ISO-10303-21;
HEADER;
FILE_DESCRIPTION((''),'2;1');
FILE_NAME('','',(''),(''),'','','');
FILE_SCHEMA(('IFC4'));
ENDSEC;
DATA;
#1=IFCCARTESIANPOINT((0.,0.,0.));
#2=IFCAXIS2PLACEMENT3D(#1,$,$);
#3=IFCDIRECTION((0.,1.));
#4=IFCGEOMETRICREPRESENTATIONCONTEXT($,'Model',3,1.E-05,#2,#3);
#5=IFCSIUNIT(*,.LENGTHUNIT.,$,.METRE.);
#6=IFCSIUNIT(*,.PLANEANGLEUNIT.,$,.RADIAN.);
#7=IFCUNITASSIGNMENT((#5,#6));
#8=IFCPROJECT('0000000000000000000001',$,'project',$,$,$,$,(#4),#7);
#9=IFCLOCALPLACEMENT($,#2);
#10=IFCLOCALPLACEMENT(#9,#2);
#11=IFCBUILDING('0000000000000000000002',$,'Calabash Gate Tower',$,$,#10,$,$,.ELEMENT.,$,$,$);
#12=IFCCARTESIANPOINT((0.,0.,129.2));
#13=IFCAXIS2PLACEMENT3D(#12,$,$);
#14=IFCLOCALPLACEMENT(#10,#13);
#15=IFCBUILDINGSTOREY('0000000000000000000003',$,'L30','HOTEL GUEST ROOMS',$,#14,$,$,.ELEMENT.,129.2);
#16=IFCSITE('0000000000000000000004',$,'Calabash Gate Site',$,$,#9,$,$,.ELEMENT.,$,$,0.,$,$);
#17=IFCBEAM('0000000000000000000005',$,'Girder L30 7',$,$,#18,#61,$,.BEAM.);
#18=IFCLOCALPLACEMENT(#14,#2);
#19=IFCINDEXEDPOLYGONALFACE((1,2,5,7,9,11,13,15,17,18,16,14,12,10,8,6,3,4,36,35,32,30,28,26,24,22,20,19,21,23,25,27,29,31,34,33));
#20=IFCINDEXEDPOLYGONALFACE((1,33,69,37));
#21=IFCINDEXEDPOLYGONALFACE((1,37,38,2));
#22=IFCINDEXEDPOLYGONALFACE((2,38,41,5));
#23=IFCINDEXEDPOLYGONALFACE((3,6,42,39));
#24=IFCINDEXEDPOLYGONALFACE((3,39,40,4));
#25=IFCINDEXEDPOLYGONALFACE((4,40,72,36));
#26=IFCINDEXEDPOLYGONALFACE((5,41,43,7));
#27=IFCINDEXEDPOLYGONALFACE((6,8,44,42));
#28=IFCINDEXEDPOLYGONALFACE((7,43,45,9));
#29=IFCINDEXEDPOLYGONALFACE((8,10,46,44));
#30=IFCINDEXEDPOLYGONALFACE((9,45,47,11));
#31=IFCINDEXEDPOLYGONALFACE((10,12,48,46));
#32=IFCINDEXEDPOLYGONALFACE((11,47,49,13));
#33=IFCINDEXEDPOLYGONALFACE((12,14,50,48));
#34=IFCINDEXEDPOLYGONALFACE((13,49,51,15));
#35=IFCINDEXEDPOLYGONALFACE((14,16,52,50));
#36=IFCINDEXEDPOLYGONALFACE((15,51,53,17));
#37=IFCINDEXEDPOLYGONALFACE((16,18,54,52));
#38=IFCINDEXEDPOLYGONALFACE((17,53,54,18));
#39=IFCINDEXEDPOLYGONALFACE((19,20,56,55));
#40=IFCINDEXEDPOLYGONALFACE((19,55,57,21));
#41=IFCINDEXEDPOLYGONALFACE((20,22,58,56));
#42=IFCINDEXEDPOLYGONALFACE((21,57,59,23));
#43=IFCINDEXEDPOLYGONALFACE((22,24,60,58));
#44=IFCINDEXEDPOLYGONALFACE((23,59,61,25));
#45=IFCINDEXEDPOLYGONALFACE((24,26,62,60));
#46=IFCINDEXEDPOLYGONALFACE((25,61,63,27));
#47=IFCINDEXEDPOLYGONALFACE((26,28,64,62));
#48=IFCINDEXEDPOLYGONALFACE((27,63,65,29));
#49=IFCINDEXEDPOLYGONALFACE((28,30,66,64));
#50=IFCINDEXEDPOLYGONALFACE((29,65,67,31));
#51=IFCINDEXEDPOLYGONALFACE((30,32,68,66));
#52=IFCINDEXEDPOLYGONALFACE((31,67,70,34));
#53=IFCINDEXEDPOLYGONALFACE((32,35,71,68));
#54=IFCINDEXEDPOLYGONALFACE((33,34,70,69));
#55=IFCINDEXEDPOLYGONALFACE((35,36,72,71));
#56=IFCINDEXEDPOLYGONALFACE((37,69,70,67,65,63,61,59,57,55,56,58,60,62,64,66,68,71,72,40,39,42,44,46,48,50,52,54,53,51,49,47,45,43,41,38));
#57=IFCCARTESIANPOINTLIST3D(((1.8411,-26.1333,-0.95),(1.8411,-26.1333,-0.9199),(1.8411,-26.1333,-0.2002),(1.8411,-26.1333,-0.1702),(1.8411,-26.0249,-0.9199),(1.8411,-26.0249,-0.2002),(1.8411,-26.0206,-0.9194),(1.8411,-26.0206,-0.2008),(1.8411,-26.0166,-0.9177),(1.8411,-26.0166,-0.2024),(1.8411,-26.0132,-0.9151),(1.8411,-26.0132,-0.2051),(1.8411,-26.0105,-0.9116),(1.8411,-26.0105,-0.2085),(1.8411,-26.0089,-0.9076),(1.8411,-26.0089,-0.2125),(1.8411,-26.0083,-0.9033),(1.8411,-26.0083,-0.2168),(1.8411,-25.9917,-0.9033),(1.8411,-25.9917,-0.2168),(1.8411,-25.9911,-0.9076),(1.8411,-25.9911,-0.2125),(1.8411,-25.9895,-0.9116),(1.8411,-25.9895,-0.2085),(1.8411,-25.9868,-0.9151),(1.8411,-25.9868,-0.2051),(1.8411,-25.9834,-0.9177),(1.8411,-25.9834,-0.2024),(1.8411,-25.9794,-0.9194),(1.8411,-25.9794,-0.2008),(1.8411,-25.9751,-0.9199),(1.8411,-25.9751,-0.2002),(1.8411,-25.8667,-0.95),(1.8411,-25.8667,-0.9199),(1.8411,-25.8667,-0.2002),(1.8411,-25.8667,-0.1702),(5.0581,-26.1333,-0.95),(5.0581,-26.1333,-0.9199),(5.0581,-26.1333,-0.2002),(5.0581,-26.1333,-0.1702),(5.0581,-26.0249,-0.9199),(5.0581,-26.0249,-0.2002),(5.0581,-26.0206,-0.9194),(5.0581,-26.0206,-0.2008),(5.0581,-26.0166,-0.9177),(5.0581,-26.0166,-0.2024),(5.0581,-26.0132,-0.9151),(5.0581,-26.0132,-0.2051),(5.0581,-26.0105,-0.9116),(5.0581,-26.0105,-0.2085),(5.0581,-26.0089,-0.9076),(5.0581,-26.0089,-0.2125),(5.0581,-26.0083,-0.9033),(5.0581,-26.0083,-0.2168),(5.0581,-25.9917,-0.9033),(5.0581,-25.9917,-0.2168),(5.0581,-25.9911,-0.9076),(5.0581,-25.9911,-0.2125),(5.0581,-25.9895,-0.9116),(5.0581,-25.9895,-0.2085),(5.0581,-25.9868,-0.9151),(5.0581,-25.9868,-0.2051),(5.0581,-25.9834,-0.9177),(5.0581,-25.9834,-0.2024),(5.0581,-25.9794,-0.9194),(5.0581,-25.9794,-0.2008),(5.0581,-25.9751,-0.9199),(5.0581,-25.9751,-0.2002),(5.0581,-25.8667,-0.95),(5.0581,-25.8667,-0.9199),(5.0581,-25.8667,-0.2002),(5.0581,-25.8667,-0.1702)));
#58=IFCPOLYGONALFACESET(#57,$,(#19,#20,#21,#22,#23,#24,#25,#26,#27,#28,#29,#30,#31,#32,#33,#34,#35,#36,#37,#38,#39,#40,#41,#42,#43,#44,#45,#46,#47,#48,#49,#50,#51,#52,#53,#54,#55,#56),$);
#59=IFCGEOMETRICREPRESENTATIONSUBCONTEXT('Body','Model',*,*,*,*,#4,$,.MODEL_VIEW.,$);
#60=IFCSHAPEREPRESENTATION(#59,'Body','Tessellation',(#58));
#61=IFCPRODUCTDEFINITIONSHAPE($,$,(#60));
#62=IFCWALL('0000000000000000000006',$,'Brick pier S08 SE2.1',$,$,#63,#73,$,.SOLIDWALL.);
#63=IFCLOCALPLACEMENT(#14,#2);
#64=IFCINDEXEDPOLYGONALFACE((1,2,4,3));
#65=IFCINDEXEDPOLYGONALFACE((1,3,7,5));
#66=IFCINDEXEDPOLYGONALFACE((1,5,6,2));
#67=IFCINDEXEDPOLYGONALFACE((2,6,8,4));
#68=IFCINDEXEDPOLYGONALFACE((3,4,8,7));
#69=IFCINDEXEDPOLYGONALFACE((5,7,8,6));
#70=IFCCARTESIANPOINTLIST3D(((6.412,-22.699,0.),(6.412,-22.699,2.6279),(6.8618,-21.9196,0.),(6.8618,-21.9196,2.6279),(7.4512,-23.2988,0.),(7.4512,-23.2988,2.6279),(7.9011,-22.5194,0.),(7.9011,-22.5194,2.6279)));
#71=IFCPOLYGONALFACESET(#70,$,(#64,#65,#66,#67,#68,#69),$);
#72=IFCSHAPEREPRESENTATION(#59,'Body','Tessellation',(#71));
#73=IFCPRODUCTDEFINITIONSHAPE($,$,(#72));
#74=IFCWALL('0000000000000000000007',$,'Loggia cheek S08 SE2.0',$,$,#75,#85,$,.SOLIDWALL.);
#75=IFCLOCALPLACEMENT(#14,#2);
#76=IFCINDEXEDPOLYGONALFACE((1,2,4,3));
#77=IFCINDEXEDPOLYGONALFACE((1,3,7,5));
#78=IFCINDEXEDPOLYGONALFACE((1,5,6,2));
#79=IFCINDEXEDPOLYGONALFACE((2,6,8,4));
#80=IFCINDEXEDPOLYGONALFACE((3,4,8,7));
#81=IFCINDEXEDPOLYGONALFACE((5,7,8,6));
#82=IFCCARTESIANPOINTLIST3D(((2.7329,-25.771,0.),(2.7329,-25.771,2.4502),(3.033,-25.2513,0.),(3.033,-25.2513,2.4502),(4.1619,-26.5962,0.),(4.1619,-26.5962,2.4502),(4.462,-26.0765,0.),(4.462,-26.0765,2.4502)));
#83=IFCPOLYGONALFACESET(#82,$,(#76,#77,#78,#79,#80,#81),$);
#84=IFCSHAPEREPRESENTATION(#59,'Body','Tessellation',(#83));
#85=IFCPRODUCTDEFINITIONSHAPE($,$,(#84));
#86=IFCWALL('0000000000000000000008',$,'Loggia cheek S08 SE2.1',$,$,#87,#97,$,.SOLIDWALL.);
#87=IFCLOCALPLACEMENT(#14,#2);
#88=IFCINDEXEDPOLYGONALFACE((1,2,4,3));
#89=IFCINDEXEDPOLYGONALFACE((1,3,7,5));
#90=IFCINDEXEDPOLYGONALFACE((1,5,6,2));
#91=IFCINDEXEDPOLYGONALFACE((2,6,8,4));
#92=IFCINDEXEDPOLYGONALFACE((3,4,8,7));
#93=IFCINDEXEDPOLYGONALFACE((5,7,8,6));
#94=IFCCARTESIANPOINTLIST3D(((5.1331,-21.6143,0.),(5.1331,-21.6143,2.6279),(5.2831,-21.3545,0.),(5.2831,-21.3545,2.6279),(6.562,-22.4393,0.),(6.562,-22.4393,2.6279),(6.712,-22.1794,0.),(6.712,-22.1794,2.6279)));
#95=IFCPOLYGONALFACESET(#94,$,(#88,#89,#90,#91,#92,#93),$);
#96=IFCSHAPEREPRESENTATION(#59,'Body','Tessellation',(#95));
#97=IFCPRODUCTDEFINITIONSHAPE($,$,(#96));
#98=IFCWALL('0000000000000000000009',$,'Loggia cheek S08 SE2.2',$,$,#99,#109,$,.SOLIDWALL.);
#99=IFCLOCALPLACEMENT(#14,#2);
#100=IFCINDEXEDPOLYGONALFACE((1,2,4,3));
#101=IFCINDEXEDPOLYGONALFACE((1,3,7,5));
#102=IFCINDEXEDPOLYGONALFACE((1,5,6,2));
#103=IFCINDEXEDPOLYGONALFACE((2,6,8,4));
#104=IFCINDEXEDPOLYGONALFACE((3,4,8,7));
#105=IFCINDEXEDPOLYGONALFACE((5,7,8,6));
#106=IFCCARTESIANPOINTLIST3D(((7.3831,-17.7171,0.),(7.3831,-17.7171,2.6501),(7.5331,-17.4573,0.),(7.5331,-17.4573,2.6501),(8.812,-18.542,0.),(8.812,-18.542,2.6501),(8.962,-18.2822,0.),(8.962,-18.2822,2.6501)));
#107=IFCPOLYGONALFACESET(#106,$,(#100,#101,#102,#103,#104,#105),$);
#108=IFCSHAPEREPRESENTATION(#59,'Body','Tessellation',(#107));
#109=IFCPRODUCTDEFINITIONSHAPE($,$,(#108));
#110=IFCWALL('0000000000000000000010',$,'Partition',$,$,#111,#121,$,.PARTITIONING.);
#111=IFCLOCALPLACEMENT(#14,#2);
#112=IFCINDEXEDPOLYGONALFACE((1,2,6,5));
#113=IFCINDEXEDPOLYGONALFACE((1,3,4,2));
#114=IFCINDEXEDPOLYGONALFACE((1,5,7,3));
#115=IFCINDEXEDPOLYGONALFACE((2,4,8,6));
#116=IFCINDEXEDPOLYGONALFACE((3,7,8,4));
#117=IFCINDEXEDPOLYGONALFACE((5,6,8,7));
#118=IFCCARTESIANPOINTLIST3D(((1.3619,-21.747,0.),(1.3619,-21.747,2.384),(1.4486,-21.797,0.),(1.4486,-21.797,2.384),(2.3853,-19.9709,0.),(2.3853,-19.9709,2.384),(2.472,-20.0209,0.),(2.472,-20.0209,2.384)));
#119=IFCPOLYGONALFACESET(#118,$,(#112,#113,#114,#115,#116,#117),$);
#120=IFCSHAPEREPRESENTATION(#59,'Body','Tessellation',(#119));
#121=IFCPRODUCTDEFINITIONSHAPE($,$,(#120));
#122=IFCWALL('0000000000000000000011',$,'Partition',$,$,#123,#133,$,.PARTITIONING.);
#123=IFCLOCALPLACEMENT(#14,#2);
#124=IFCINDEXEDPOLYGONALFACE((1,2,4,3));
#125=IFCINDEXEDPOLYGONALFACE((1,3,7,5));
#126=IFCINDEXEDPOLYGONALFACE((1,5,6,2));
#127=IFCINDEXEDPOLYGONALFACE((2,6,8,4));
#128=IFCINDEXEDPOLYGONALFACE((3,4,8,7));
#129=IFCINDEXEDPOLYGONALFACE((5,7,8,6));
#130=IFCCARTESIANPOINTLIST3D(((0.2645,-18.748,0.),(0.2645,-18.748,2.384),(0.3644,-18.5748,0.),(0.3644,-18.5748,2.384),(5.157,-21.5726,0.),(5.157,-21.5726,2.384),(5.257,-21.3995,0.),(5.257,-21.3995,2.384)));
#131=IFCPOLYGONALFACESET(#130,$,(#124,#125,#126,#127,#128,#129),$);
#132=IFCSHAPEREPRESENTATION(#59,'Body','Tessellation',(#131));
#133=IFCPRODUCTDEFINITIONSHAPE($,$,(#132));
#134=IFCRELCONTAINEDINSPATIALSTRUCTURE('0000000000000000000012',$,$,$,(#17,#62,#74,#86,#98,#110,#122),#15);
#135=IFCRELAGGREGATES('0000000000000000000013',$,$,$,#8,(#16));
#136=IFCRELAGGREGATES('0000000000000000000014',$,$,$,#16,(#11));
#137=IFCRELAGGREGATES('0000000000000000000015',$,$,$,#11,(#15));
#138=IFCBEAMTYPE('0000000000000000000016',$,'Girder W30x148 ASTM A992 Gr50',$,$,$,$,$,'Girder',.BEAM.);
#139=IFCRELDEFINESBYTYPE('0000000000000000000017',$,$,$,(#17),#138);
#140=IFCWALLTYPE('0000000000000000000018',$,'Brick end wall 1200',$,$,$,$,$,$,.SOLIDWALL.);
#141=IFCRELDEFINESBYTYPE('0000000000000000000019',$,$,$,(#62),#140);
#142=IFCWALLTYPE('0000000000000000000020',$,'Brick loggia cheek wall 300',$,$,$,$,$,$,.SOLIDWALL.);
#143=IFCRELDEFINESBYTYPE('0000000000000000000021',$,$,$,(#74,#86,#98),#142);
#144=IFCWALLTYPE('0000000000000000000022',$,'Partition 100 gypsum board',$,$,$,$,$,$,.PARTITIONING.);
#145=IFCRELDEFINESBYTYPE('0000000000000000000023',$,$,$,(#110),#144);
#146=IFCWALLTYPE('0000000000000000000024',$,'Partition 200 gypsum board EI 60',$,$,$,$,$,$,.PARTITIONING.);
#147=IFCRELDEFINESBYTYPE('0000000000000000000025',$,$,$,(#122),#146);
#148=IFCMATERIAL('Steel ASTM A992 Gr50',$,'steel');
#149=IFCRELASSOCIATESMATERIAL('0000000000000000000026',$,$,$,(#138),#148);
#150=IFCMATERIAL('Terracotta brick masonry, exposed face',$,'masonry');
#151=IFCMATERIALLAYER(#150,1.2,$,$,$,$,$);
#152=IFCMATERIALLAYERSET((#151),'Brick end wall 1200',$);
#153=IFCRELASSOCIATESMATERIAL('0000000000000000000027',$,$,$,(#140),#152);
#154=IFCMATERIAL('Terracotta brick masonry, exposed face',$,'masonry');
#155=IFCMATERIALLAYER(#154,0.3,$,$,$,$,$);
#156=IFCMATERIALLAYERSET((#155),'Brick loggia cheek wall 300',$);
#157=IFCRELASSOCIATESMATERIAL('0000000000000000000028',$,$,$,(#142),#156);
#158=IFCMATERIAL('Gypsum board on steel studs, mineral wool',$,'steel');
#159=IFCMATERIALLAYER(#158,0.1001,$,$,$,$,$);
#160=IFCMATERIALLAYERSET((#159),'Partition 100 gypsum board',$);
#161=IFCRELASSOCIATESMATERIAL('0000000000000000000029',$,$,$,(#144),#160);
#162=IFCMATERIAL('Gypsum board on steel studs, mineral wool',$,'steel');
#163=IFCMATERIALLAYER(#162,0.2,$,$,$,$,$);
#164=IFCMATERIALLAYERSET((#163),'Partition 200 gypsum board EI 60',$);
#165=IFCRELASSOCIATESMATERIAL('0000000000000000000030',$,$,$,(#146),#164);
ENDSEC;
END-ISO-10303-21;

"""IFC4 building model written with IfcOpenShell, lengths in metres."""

from ifc_helpers import new_model, si_unit, direction, frame, frame_2d, origin, origin_2d, place, context, subcontext, project, spatial, rectangle, i_section, extrude, material, layer, layer_set, material_profile, profile_set, type_object, element, save


model = new_model("IFC4")

# Units and contexts
model_context = context("Model", 3, precision=1e-05, world=origin(), true_north=direction((0.0, 1.0)))
body_context = subcontext(model_context, "Body", "Model", "MODEL_VIEW")
ifc_project = project(units=[si_unit("LENGTHUNIT", "METRE"), si_unit("PLANEANGLEUNIT", "RADIAN")], contexts=[model_context])

# Site, building, storey
site_placement = place(None, origin())
site = spatial("IfcSite", under=ifc_project, at=site_placement, Name="Calabash Gate Site", CompositionType="ELEMENT", RefElevation=0.0)
building_placement = place(site_placement, origin())
building = spatial("IfcBuilding", under=site, at=building_placement, Name="Calabash Gate Tower", CompositionType="ELEMENT")
storey_placement = place(building_placement, frame((0.0, 0.0, 129.2)))
storey = spatial("IfcBuildingStorey", under=building, at=storey_placement, Name="L30", Description="HOTEL GUEST ROOMS", CompositionType="ELEMENT", Elevation=129.2)

# Beam
ifc_material_1 = material(Name="Steel ASTM A992 Gr50", Category="steel")
ifc_material_profile_1 = material_profile(ifc_material_1, i_section(OverallWidth=0.2666, OverallDepth=0.7798, WebThickness=0.0166, FlangeThickness=0.03, FilletRadius=0.0166, at=origin_2d()))
ifc_profile_set_1 = profile_set([ifc_material_profile_1], Name="Steel ASTM A992 Gr50")
beam_type_1 = type_object("IfcBeamType", Name="Girder W30x148 ASTM A992 Gr50", ElementType="Girder", PredefinedType="BEAM", material=ifc_profile_set_1)
beam_1_placement = place(storey_placement, frame((1.8411, -26.0, -0.5601), z_axis=(1.0, 0.0, 0.0), x_axis=(0.0, 1.0, 0.0)))
element("IfcBeam", 1, at=beam_1_placement, inside=storey, type_object=beam_type_1, Name="Girder L30 7", PredefinedType="BEAM", context=body_context, shape_type="SweptSolid", body=[
    extrude(i_section(OverallWidth=0.2666, OverallDepth=0.7798, WebThickness=0.0166, FlangeThickness=0.03, FilletRadius=0.0166, at=origin_2d()), origin(), (0.0, 0.0, 1.0), 3.217),
])

# Walls
ifc_material_2 = material(Name="Terracotta brick masonry, exposed face", Category="masonry")
ifc_layer_1 = layer(ifc_material_2, 1.2)
ifc_layer_set_1 = layer_set([ifc_layer_1], Name="Brick end wall 1200")
wall_type_1 = type_object("IfcWallType", Name="Brick end wall 1200", PredefinedType="SOLIDWALL", material=ifc_layer_set_1)
wall_1_placement = place(storey_placement, frame((7.6763, -22.9092, 0.0), z_axis=(0.0, 0.0, 1.0), x_axis=(-0.866094, 0.499881, 0.0)))
element("IfcWall", 2, at=wall_1_placement, inside=storey, type_object=wall_type_1, Name="Brick pier S08 SE2.1", PredefinedType="SOLIDWALL", context=body_context, shape_type="SweptSolid", body=[
    extrude(rectangle(XDim=1.2, YDim=0.8999, at=frame_2d((0.6001, 0.0))), origin(), (0.0, 0.0, 1.0), 2.6279),
])
ifc_material_3 = material(Name="Terracotta brick masonry, exposed face", Category="masonry")
ifc_layer_2 = layer(ifc_material_3, 0.3)
ifc_layer_set_2 = layer_set([ifc_layer_2], Name="Brick loggia cheek wall 300")
wall_type_2 = type_object("IfcWallType", Name="Brick loggia cheek wall 300", PredefinedType="SOLIDWALL", material=ifc_layer_set_2)
wall_2_placement = place(storey_placement, frame((4.312, -26.3364, 0.0), z_axis=(0.0, 0.0, 1.0), x_axis=(-0.865976, 0.500085, 0.0)))
element("IfcWall", 3, at=wall_2_placement, inside=storey, type_object=wall_type_2, Name="Loggia cheek S08 SE2.0", PredefinedType="SOLIDWALL", context=body_context, shape_type="SweptSolid", body=[
    extrude(rectangle(XDim=1.6501, YDim=0.6001, at=frame_2d((0.8252, 0.0))), origin(), (0.0, 0.0, 1.0), 2.4502),
])
wall_3_placement = place(storey_placement, frame((6.637, -22.3093, 0.0), z_axis=(0.0, 0.0, 1.0), x_axis=(-0.86604, 0.499974, 0.0)))
element("IfcWall", 4, at=wall_3_placement, inside=storey, type_object=wall_type_2, Name="Loggia cheek S08 SE2.1", PredefinedType="SOLIDWALL", context=body_context, shape_type="SweptSolid", body=[
    extrude(rectangle(XDim=1.6499, YDim=0.3, at=frame_2d((0.825, 0.0))), origin(), (0.0, 0.0, 1.0), 2.6279),
])
wall_4_placement = place(storey_placement, frame((8.887, -18.4121, 0.0), z_axis=(0.0, 0.0, 1.0), x_axis=(-0.86604, 0.499974, 0.0)))
element("IfcWall", 5, at=wall_4_placement, inside=storey, type_object=wall_type_2, Name="Loggia cheek S08 SE2.2", PredefinedType="SOLIDWALL", context=body_context, shape_type="SweptSolid", body=[
    extrude(rectangle(XDim=1.6499, YDim=0.3, at=frame_2d((0.825, 0.0))), origin(), (0.0, 0.0, 1.0), 2.6501),
])
ifc_material_4 = material(Name="Gypsum board on steel studs, mineral wool", Category="steel")
ifc_layer_3 = layer(ifc_material_4, 0.1001)
ifc_layer_set_3 = layer_set([ifc_layer_3], Name="Partition 100 gypsum board")
wall_type_3 = type_object("IfcWallType", Name="Partition 100 gypsum board", PredefinedType="PARTITIONING", material=ifc_layer_set_3)
wall_5_placement = place(storey_placement, frame((1.4053, -21.772, 0.0), z_axis=(0.0, 0.0, 1.0), x_axis=(0.499265, 0.866449, 0.0)))
element("IfcWall", 6, at=wall_5_placement, inside=storey, type_object=wall_type_3, Name="Partition", PredefinedType="PARTITIONING", context=body_context, shape_type="SweptSolid", body=[
    extrude(rectangle(XDim=2.0498, YDim=0.1001, at=frame_2d((1.0249, 0.0))), origin(), (0.0, 0.0, 1.0), 2.384),
])
ifc_material_5 = material(Name="Gypsum board on steel studs, mineral wool", Category="steel")
ifc_layer_4 = layer(ifc_material_5, 0.2)
ifc_layer_set_4 = layer_set([ifc_layer_4], Name="Partition 200 gypsum board EI 60")
wall_type_4 = type_object("IfcWallType", Name="Partition 200 gypsum board EI 60", PredefinedType="PARTITIONING", material=ifc_layer_set_4)
wall_6_placement = place(storey_placement, frame((0.3145, -18.6614, 0.0), z_axis=(0.0, 0.0, 1.0), x_axis=(0.866027, -0.499997, 0.0)))
element("IfcWall", 7, at=wall_6_placement, inside=storey, type_object=wall_type_4, Name="Partition", PredefinedType="PARTITIONING", context=body_context, shape_type="SweptSolid", body=[
    extrude(rectangle(XDim=5.6494, YDim=0.2, at=frame_2d((2.8247, 0.0))), origin(), (0.0, 0.0, 1.0), 2.384),
])

save(model, "model.ifc")
